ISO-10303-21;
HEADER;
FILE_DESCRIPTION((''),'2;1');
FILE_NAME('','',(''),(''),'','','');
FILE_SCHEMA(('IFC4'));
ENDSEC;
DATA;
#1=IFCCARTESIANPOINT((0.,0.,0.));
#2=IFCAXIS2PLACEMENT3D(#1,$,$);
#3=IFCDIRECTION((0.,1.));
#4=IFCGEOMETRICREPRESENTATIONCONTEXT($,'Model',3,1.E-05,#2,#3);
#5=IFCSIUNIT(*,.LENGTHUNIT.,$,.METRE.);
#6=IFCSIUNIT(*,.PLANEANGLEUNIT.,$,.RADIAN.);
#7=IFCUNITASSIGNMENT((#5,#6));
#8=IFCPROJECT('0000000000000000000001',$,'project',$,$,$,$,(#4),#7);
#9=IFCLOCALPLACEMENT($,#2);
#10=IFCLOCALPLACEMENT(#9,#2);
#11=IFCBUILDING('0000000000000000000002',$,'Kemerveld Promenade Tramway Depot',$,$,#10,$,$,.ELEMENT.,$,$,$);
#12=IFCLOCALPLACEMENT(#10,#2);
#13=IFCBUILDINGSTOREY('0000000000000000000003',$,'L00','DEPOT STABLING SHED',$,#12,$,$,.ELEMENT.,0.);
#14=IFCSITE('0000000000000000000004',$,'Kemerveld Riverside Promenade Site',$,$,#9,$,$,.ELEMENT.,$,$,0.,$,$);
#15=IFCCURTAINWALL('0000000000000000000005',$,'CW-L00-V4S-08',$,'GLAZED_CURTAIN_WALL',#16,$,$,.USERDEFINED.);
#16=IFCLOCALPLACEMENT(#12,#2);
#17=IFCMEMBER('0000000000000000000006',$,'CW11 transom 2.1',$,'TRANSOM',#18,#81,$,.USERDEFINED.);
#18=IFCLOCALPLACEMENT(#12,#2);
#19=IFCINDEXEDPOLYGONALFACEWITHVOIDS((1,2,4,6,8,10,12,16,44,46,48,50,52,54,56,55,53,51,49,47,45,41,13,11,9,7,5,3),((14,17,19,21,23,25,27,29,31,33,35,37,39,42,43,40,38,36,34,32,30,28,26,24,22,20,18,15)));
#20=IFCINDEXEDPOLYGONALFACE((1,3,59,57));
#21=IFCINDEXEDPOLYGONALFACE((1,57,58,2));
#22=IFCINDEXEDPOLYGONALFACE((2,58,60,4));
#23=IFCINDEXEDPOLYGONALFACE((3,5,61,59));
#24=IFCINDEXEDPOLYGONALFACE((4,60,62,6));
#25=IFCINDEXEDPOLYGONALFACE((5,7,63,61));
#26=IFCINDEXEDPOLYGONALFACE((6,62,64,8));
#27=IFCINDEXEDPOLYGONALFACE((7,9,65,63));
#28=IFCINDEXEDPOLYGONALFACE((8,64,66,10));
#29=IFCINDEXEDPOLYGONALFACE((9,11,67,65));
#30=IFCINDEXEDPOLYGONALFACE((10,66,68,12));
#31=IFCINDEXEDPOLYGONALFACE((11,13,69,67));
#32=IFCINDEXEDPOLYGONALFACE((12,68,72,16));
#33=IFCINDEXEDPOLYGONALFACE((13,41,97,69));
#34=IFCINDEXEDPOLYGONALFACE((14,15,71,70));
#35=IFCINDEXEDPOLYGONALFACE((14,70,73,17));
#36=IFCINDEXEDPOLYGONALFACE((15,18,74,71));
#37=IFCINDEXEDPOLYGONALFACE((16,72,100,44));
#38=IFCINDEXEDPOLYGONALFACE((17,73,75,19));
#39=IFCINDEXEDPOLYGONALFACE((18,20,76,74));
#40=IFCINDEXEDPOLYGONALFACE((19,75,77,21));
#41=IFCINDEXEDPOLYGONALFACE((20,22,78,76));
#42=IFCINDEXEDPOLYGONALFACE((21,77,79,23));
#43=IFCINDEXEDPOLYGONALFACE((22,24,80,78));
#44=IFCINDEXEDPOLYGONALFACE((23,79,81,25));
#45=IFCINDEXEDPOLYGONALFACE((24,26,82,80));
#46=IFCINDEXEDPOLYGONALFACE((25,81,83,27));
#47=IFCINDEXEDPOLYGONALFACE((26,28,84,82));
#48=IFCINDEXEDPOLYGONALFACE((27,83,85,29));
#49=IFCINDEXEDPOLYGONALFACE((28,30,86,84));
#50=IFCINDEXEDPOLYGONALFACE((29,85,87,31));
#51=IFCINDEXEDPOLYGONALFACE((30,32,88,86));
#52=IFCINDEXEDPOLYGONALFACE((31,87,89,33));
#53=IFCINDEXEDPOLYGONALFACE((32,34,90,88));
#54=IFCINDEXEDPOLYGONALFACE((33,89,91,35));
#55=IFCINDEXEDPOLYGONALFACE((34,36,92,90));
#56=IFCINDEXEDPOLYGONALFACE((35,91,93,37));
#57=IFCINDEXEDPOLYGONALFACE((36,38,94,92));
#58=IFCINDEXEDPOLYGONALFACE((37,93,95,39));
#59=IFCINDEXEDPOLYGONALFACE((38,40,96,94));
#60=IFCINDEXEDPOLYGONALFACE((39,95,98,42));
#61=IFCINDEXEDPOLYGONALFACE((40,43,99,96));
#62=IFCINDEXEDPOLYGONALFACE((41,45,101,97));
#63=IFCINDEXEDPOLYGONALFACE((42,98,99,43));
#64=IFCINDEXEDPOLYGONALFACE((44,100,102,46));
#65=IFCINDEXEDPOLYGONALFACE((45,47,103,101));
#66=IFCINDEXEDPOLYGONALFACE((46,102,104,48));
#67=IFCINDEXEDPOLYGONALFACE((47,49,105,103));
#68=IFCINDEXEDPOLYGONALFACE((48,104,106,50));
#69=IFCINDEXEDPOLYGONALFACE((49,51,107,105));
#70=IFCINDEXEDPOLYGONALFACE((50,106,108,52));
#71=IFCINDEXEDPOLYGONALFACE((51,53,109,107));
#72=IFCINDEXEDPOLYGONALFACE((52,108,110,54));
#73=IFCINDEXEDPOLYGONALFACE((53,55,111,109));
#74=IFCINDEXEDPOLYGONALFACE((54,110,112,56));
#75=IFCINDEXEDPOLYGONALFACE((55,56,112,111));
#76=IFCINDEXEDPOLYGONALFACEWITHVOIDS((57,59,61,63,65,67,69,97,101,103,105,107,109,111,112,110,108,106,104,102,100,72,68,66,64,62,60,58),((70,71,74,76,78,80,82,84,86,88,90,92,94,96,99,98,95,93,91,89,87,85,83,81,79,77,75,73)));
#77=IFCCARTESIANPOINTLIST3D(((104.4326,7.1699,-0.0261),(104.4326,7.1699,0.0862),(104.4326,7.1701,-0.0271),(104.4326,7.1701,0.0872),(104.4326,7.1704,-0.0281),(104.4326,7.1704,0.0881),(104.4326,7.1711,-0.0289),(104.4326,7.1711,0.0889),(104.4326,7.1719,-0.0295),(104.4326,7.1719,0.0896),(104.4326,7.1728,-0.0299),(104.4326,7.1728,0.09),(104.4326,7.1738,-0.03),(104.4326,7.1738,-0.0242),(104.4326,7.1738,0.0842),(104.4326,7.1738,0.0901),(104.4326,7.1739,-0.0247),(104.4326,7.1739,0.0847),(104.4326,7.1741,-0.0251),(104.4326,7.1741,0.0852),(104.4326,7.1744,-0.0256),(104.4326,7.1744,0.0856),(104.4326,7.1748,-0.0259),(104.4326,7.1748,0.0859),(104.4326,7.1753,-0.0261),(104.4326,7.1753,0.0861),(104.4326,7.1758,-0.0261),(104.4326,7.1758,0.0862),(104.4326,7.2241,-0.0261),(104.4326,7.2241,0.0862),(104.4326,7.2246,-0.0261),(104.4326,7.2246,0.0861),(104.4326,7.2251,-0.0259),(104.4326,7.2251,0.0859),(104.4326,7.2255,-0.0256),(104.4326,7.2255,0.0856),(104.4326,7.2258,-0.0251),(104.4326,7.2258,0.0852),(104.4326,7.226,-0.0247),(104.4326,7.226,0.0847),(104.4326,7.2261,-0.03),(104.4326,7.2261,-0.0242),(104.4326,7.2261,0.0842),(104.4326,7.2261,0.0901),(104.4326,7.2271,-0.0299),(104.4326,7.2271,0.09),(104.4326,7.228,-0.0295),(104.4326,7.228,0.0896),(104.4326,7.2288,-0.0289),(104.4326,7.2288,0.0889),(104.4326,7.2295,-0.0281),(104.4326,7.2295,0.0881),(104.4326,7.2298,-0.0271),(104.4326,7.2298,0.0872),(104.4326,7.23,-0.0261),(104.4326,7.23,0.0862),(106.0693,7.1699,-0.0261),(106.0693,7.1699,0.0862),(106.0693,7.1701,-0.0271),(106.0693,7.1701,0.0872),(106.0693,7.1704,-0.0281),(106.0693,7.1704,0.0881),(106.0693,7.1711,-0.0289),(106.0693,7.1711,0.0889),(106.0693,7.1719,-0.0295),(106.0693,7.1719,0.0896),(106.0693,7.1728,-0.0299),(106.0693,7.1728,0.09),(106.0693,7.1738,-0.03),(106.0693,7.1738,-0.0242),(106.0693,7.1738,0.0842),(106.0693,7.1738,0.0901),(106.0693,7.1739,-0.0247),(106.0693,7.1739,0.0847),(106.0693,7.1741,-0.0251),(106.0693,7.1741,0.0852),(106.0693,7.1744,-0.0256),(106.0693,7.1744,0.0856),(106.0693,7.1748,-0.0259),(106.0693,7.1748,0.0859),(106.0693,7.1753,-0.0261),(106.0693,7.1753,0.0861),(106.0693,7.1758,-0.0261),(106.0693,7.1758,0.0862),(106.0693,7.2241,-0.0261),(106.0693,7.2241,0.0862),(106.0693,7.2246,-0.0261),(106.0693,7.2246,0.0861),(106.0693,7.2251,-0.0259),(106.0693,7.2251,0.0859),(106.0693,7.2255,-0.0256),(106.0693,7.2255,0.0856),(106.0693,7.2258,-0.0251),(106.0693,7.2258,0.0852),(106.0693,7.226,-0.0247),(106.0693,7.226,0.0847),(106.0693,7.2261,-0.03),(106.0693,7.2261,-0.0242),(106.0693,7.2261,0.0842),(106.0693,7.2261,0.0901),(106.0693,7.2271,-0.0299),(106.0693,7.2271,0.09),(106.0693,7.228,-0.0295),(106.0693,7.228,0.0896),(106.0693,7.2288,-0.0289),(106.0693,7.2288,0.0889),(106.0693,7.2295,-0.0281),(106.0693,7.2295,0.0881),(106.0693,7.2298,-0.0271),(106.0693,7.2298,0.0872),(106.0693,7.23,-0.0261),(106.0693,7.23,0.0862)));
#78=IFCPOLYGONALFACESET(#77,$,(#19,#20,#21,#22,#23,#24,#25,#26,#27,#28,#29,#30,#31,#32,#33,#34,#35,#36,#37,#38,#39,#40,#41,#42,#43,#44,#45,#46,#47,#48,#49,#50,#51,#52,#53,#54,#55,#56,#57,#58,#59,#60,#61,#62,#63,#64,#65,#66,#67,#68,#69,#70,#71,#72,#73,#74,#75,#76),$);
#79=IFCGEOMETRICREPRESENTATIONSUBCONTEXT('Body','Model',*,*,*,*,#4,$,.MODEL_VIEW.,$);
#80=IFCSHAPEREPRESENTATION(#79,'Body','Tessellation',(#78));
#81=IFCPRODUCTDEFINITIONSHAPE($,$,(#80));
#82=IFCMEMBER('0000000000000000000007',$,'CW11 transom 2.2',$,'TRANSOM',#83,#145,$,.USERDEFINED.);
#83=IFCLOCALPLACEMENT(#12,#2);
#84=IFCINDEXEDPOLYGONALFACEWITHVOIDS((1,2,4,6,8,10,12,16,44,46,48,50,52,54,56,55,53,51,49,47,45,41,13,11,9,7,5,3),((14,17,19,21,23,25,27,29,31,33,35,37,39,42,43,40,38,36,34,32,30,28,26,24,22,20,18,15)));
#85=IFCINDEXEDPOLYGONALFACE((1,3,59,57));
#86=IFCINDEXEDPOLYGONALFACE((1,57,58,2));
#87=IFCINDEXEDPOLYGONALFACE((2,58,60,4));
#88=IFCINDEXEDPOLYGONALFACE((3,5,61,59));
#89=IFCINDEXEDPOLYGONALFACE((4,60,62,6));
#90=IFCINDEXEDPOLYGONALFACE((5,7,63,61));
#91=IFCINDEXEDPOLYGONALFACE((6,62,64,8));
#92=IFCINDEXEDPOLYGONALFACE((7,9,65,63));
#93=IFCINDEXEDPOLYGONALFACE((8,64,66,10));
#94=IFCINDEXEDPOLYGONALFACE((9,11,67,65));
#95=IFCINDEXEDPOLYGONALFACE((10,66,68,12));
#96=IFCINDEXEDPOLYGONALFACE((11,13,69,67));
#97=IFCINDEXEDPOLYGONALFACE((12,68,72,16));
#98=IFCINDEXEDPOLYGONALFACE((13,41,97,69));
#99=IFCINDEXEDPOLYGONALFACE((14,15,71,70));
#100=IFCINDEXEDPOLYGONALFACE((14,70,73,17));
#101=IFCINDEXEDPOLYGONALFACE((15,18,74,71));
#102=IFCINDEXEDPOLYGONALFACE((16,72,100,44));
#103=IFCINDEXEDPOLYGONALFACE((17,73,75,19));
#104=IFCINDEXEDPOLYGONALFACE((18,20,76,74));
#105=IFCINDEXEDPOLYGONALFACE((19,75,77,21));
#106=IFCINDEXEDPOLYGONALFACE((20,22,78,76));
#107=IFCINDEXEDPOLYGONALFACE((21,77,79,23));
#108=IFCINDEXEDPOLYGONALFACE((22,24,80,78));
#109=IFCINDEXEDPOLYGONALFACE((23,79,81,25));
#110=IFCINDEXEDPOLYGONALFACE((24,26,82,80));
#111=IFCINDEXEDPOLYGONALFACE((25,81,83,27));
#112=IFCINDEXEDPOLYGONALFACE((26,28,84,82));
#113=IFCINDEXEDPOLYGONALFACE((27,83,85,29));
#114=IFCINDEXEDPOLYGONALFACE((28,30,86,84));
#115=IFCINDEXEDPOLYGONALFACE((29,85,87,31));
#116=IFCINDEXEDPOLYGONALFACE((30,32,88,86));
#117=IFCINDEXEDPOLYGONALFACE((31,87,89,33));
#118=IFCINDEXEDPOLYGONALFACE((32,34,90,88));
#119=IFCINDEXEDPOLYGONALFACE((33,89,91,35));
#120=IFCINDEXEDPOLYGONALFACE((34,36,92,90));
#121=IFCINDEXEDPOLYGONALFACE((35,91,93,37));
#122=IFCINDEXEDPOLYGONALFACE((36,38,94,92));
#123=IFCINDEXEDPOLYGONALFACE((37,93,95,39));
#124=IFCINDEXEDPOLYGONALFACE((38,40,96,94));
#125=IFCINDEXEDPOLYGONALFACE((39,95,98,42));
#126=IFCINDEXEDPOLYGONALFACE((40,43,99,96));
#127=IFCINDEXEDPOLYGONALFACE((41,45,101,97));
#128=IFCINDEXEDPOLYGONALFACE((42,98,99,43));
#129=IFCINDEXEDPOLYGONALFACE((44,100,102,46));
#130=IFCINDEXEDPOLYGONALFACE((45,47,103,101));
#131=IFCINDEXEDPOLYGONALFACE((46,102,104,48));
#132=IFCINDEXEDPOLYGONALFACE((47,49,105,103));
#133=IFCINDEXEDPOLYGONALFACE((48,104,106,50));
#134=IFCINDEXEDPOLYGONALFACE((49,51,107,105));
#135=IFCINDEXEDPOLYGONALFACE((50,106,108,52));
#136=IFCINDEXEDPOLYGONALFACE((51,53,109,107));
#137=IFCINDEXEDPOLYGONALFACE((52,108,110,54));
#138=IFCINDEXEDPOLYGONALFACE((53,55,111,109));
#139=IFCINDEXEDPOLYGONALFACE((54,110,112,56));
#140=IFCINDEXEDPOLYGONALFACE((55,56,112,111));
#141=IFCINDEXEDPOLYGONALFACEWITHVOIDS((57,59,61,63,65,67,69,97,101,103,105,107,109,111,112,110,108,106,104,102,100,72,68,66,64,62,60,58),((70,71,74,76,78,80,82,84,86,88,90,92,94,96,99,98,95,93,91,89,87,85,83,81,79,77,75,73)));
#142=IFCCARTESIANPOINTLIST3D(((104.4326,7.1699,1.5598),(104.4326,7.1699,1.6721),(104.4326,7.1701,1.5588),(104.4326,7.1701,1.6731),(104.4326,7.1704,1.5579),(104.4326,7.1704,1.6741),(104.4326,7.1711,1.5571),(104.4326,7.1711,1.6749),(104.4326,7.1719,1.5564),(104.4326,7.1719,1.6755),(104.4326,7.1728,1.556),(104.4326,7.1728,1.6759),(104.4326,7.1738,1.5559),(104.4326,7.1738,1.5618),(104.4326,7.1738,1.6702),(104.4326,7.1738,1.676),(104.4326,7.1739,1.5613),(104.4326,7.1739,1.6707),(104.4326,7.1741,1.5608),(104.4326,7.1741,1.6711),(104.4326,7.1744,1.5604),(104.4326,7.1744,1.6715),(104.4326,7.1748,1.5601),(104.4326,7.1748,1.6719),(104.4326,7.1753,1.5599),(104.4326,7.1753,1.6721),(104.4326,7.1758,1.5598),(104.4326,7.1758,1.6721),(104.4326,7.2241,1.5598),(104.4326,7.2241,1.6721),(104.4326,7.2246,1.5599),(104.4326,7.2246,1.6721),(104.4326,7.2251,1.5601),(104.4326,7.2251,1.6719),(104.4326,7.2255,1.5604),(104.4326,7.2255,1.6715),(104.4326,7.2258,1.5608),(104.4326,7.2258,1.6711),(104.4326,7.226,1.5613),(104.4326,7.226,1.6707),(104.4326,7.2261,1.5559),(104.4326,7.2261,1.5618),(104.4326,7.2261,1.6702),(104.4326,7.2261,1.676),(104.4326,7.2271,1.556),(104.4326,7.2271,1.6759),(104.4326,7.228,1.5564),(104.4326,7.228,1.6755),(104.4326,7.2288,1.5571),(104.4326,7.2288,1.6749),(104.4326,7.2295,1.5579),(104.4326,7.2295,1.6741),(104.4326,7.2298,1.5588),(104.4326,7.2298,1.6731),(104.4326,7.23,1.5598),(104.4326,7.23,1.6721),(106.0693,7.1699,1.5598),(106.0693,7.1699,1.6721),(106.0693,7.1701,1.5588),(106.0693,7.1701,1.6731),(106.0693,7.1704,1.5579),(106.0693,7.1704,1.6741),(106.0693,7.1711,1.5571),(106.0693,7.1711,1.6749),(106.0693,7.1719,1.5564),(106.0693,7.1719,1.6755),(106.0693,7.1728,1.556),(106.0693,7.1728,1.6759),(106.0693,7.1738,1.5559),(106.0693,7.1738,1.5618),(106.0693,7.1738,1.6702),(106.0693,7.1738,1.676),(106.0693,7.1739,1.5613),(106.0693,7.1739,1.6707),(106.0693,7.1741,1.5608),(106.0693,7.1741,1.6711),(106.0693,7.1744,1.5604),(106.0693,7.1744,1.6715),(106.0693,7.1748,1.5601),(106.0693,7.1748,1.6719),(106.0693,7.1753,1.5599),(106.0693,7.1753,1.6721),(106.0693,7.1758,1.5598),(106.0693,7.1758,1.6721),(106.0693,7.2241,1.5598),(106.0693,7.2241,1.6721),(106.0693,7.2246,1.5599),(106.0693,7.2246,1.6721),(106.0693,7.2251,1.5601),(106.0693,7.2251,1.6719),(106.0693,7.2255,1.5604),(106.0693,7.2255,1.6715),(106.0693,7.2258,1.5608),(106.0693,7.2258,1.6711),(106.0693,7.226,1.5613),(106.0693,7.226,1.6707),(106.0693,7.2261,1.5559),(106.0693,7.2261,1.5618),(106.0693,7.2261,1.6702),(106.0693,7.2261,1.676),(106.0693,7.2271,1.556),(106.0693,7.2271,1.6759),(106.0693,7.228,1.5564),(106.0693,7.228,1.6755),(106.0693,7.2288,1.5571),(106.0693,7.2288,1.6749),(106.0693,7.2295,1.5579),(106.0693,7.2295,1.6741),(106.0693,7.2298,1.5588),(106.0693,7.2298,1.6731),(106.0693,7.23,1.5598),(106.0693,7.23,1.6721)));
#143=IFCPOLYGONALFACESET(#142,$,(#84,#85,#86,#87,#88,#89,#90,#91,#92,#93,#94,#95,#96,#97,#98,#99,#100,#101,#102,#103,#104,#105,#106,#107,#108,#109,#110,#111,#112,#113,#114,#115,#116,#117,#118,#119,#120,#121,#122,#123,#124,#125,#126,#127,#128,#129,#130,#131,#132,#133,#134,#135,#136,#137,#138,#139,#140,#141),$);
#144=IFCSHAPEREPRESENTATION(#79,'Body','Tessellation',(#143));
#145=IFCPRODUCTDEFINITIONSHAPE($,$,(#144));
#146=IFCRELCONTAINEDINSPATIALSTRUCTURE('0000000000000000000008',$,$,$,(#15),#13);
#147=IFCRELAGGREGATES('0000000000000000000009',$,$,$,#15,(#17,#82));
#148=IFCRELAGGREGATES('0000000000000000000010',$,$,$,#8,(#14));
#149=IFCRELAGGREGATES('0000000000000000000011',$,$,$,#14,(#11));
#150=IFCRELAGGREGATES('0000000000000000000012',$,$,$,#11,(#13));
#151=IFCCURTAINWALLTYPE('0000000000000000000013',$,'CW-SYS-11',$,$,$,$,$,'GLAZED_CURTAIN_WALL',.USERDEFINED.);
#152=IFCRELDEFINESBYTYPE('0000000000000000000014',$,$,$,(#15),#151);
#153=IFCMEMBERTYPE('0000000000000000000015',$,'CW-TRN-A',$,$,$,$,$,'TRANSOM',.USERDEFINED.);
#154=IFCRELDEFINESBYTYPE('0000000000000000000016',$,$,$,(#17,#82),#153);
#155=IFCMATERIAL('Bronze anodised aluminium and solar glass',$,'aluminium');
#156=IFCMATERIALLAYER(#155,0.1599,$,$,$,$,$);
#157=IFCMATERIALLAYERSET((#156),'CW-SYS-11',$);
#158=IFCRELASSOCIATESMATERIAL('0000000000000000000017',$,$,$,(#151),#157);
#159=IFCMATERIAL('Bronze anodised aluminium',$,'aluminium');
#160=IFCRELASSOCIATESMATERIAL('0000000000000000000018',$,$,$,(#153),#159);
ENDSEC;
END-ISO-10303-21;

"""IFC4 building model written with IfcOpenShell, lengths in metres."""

from ifc_helpers import new_model, si_unit, direction, frame, origin, origin_2d, place, context, subcontext, project, spatial, hollow_rectangle, extrude, material, layer, layer_set, material_profile, profile_set, type_object, element, aggregate, save


model = new_model("IFC4")

# Units and contexts
model_context = context("Model", 3, precision=1e-05, world=origin(), true_north=direction((0.0, 1.0)))
body_context = subcontext(model_context, "Body", "Model", "MODEL_VIEW")
ifc_project = project(units=[si_unit("LENGTHUNIT", "METRE"), si_unit("PLANEANGLEUNIT", "RADIAN")], contexts=[model_context])

# Site, building, storey
site_placement = place(None, origin())
site = spatial("IfcSite", under=ifc_project, at=site_placement, Name="Kemerveld Riverside Promenade Site", CompositionType="ELEMENT", RefElevation=0.0)
building_placement = place(site_placement, origin())
building = spatial("IfcBuilding", under=site, at=building_placement, Name="Kemerveld Promenade Tramway Depot", CompositionType="ELEMENT")
storey_placement = place(building_placement, origin())
storey = spatial("IfcBuildingStorey", under=building, at=storey_placement, Name="L00", Description="DEPOT STABLING SHED", CompositionType="ELEMENT", Elevation=0.0)

# Curtain wall, members
ifc_material_1 = material(Name="Bronze anodised aluminium and solar glass", Category="aluminium")
ifc_layer_1 = layer(ifc_material_1, 0.1599)
ifc_layer_set_1 = layer_set([ifc_layer_1], Name="CW-SYS-11")
curtain_wall_type = type_object("IfcCurtainWallType", Name="CW-SYS-11", ElementType="GLAZED_CURTAIN_WALL", PredefinedType="USERDEFINED", material=ifc_layer_set_1)
curtain_wall_placement = place(storey_placement, origin())
curtain_wall = element("IfcCurtainWall", 1, at=curtain_wall_placement, inside=storey, type_object=curtain_wall_type, Name="CW-L00-V4S-08", ObjectType="GLAZED_CURTAIN_WALL", PredefinedType="USERDEFINED")
ifc_material_2 = material(Name="Bronze anodised aluminium", Category="aluminium")
ifc_material_profile_1 = material_profile(ifc_material_2, hollow_rectangle(XDim=0.0601, YDim=0.1201, WallThickness=0.0039, InnerFilletRadius=0.002, OuterFilletRadius=0.0039, at=origin_2d()), Name="CW-TRN-120x60")
ifc_profile_set_1 = profile_set([ifc_material_profile_1], Name="Bronze anodised aluminium")
member_type_1 = type_object("IfcMemberType", Name="CW-TRN-A", ElementType="TRANSOM", PredefinedType="USERDEFINED", material=ifc_profile_set_1)
member_1_placement = place(storey_placement, frame((106.0693, 7.2, 0.03), z_axis=(-1.0, 0.0, 0.0), x_axis=(0.0, -1.0, 0.0)))
member_1 = element("IfcMember", 2, at=member_1_placement, type_object=member_type_1, Name="CW11 transom 2.1", ObjectType="TRANSOM", PredefinedType="USERDEFINED", context=body_context, shape_type="SweptSolid", body=[
    extrude(hollow_rectangle(XDim=0.0601, YDim=0.1201, WallThickness=0.0039, InnerFilletRadius=0.002, OuterFilletRadius=0.0039, at=origin_2d()), origin(), (0.0, 0.0, 1.0), 1.6367),
])
member_2_placement = place(storey_placement, frame((106.0693, 7.2, 1.616), z_axis=(-1.0, 0.0, 0.0), x_axis=(0.0, -1.0, 0.0)))
member_2 = element("IfcMember", 3, at=member_2_placement, type_object=member_type_1, Name="CW11 transom 2.2", ObjectType="TRANSOM", PredefinedType="USERDEFINED", context=body_context, shape_type="SweptSolid", body=[
    extrude(hollow_rectangle(XDim=0.0601, YDim=0.1201, WallThickness=0.0039, InnerFilletRadius=0.002, OuterFilletRadius=0.0039, at=origin_2d()), origin(), (0.0, 0.0, 1.0), 1.6367),
])
aggregate(curtain_wall, [member_1, member_2])

save(model, "model.ifc")
